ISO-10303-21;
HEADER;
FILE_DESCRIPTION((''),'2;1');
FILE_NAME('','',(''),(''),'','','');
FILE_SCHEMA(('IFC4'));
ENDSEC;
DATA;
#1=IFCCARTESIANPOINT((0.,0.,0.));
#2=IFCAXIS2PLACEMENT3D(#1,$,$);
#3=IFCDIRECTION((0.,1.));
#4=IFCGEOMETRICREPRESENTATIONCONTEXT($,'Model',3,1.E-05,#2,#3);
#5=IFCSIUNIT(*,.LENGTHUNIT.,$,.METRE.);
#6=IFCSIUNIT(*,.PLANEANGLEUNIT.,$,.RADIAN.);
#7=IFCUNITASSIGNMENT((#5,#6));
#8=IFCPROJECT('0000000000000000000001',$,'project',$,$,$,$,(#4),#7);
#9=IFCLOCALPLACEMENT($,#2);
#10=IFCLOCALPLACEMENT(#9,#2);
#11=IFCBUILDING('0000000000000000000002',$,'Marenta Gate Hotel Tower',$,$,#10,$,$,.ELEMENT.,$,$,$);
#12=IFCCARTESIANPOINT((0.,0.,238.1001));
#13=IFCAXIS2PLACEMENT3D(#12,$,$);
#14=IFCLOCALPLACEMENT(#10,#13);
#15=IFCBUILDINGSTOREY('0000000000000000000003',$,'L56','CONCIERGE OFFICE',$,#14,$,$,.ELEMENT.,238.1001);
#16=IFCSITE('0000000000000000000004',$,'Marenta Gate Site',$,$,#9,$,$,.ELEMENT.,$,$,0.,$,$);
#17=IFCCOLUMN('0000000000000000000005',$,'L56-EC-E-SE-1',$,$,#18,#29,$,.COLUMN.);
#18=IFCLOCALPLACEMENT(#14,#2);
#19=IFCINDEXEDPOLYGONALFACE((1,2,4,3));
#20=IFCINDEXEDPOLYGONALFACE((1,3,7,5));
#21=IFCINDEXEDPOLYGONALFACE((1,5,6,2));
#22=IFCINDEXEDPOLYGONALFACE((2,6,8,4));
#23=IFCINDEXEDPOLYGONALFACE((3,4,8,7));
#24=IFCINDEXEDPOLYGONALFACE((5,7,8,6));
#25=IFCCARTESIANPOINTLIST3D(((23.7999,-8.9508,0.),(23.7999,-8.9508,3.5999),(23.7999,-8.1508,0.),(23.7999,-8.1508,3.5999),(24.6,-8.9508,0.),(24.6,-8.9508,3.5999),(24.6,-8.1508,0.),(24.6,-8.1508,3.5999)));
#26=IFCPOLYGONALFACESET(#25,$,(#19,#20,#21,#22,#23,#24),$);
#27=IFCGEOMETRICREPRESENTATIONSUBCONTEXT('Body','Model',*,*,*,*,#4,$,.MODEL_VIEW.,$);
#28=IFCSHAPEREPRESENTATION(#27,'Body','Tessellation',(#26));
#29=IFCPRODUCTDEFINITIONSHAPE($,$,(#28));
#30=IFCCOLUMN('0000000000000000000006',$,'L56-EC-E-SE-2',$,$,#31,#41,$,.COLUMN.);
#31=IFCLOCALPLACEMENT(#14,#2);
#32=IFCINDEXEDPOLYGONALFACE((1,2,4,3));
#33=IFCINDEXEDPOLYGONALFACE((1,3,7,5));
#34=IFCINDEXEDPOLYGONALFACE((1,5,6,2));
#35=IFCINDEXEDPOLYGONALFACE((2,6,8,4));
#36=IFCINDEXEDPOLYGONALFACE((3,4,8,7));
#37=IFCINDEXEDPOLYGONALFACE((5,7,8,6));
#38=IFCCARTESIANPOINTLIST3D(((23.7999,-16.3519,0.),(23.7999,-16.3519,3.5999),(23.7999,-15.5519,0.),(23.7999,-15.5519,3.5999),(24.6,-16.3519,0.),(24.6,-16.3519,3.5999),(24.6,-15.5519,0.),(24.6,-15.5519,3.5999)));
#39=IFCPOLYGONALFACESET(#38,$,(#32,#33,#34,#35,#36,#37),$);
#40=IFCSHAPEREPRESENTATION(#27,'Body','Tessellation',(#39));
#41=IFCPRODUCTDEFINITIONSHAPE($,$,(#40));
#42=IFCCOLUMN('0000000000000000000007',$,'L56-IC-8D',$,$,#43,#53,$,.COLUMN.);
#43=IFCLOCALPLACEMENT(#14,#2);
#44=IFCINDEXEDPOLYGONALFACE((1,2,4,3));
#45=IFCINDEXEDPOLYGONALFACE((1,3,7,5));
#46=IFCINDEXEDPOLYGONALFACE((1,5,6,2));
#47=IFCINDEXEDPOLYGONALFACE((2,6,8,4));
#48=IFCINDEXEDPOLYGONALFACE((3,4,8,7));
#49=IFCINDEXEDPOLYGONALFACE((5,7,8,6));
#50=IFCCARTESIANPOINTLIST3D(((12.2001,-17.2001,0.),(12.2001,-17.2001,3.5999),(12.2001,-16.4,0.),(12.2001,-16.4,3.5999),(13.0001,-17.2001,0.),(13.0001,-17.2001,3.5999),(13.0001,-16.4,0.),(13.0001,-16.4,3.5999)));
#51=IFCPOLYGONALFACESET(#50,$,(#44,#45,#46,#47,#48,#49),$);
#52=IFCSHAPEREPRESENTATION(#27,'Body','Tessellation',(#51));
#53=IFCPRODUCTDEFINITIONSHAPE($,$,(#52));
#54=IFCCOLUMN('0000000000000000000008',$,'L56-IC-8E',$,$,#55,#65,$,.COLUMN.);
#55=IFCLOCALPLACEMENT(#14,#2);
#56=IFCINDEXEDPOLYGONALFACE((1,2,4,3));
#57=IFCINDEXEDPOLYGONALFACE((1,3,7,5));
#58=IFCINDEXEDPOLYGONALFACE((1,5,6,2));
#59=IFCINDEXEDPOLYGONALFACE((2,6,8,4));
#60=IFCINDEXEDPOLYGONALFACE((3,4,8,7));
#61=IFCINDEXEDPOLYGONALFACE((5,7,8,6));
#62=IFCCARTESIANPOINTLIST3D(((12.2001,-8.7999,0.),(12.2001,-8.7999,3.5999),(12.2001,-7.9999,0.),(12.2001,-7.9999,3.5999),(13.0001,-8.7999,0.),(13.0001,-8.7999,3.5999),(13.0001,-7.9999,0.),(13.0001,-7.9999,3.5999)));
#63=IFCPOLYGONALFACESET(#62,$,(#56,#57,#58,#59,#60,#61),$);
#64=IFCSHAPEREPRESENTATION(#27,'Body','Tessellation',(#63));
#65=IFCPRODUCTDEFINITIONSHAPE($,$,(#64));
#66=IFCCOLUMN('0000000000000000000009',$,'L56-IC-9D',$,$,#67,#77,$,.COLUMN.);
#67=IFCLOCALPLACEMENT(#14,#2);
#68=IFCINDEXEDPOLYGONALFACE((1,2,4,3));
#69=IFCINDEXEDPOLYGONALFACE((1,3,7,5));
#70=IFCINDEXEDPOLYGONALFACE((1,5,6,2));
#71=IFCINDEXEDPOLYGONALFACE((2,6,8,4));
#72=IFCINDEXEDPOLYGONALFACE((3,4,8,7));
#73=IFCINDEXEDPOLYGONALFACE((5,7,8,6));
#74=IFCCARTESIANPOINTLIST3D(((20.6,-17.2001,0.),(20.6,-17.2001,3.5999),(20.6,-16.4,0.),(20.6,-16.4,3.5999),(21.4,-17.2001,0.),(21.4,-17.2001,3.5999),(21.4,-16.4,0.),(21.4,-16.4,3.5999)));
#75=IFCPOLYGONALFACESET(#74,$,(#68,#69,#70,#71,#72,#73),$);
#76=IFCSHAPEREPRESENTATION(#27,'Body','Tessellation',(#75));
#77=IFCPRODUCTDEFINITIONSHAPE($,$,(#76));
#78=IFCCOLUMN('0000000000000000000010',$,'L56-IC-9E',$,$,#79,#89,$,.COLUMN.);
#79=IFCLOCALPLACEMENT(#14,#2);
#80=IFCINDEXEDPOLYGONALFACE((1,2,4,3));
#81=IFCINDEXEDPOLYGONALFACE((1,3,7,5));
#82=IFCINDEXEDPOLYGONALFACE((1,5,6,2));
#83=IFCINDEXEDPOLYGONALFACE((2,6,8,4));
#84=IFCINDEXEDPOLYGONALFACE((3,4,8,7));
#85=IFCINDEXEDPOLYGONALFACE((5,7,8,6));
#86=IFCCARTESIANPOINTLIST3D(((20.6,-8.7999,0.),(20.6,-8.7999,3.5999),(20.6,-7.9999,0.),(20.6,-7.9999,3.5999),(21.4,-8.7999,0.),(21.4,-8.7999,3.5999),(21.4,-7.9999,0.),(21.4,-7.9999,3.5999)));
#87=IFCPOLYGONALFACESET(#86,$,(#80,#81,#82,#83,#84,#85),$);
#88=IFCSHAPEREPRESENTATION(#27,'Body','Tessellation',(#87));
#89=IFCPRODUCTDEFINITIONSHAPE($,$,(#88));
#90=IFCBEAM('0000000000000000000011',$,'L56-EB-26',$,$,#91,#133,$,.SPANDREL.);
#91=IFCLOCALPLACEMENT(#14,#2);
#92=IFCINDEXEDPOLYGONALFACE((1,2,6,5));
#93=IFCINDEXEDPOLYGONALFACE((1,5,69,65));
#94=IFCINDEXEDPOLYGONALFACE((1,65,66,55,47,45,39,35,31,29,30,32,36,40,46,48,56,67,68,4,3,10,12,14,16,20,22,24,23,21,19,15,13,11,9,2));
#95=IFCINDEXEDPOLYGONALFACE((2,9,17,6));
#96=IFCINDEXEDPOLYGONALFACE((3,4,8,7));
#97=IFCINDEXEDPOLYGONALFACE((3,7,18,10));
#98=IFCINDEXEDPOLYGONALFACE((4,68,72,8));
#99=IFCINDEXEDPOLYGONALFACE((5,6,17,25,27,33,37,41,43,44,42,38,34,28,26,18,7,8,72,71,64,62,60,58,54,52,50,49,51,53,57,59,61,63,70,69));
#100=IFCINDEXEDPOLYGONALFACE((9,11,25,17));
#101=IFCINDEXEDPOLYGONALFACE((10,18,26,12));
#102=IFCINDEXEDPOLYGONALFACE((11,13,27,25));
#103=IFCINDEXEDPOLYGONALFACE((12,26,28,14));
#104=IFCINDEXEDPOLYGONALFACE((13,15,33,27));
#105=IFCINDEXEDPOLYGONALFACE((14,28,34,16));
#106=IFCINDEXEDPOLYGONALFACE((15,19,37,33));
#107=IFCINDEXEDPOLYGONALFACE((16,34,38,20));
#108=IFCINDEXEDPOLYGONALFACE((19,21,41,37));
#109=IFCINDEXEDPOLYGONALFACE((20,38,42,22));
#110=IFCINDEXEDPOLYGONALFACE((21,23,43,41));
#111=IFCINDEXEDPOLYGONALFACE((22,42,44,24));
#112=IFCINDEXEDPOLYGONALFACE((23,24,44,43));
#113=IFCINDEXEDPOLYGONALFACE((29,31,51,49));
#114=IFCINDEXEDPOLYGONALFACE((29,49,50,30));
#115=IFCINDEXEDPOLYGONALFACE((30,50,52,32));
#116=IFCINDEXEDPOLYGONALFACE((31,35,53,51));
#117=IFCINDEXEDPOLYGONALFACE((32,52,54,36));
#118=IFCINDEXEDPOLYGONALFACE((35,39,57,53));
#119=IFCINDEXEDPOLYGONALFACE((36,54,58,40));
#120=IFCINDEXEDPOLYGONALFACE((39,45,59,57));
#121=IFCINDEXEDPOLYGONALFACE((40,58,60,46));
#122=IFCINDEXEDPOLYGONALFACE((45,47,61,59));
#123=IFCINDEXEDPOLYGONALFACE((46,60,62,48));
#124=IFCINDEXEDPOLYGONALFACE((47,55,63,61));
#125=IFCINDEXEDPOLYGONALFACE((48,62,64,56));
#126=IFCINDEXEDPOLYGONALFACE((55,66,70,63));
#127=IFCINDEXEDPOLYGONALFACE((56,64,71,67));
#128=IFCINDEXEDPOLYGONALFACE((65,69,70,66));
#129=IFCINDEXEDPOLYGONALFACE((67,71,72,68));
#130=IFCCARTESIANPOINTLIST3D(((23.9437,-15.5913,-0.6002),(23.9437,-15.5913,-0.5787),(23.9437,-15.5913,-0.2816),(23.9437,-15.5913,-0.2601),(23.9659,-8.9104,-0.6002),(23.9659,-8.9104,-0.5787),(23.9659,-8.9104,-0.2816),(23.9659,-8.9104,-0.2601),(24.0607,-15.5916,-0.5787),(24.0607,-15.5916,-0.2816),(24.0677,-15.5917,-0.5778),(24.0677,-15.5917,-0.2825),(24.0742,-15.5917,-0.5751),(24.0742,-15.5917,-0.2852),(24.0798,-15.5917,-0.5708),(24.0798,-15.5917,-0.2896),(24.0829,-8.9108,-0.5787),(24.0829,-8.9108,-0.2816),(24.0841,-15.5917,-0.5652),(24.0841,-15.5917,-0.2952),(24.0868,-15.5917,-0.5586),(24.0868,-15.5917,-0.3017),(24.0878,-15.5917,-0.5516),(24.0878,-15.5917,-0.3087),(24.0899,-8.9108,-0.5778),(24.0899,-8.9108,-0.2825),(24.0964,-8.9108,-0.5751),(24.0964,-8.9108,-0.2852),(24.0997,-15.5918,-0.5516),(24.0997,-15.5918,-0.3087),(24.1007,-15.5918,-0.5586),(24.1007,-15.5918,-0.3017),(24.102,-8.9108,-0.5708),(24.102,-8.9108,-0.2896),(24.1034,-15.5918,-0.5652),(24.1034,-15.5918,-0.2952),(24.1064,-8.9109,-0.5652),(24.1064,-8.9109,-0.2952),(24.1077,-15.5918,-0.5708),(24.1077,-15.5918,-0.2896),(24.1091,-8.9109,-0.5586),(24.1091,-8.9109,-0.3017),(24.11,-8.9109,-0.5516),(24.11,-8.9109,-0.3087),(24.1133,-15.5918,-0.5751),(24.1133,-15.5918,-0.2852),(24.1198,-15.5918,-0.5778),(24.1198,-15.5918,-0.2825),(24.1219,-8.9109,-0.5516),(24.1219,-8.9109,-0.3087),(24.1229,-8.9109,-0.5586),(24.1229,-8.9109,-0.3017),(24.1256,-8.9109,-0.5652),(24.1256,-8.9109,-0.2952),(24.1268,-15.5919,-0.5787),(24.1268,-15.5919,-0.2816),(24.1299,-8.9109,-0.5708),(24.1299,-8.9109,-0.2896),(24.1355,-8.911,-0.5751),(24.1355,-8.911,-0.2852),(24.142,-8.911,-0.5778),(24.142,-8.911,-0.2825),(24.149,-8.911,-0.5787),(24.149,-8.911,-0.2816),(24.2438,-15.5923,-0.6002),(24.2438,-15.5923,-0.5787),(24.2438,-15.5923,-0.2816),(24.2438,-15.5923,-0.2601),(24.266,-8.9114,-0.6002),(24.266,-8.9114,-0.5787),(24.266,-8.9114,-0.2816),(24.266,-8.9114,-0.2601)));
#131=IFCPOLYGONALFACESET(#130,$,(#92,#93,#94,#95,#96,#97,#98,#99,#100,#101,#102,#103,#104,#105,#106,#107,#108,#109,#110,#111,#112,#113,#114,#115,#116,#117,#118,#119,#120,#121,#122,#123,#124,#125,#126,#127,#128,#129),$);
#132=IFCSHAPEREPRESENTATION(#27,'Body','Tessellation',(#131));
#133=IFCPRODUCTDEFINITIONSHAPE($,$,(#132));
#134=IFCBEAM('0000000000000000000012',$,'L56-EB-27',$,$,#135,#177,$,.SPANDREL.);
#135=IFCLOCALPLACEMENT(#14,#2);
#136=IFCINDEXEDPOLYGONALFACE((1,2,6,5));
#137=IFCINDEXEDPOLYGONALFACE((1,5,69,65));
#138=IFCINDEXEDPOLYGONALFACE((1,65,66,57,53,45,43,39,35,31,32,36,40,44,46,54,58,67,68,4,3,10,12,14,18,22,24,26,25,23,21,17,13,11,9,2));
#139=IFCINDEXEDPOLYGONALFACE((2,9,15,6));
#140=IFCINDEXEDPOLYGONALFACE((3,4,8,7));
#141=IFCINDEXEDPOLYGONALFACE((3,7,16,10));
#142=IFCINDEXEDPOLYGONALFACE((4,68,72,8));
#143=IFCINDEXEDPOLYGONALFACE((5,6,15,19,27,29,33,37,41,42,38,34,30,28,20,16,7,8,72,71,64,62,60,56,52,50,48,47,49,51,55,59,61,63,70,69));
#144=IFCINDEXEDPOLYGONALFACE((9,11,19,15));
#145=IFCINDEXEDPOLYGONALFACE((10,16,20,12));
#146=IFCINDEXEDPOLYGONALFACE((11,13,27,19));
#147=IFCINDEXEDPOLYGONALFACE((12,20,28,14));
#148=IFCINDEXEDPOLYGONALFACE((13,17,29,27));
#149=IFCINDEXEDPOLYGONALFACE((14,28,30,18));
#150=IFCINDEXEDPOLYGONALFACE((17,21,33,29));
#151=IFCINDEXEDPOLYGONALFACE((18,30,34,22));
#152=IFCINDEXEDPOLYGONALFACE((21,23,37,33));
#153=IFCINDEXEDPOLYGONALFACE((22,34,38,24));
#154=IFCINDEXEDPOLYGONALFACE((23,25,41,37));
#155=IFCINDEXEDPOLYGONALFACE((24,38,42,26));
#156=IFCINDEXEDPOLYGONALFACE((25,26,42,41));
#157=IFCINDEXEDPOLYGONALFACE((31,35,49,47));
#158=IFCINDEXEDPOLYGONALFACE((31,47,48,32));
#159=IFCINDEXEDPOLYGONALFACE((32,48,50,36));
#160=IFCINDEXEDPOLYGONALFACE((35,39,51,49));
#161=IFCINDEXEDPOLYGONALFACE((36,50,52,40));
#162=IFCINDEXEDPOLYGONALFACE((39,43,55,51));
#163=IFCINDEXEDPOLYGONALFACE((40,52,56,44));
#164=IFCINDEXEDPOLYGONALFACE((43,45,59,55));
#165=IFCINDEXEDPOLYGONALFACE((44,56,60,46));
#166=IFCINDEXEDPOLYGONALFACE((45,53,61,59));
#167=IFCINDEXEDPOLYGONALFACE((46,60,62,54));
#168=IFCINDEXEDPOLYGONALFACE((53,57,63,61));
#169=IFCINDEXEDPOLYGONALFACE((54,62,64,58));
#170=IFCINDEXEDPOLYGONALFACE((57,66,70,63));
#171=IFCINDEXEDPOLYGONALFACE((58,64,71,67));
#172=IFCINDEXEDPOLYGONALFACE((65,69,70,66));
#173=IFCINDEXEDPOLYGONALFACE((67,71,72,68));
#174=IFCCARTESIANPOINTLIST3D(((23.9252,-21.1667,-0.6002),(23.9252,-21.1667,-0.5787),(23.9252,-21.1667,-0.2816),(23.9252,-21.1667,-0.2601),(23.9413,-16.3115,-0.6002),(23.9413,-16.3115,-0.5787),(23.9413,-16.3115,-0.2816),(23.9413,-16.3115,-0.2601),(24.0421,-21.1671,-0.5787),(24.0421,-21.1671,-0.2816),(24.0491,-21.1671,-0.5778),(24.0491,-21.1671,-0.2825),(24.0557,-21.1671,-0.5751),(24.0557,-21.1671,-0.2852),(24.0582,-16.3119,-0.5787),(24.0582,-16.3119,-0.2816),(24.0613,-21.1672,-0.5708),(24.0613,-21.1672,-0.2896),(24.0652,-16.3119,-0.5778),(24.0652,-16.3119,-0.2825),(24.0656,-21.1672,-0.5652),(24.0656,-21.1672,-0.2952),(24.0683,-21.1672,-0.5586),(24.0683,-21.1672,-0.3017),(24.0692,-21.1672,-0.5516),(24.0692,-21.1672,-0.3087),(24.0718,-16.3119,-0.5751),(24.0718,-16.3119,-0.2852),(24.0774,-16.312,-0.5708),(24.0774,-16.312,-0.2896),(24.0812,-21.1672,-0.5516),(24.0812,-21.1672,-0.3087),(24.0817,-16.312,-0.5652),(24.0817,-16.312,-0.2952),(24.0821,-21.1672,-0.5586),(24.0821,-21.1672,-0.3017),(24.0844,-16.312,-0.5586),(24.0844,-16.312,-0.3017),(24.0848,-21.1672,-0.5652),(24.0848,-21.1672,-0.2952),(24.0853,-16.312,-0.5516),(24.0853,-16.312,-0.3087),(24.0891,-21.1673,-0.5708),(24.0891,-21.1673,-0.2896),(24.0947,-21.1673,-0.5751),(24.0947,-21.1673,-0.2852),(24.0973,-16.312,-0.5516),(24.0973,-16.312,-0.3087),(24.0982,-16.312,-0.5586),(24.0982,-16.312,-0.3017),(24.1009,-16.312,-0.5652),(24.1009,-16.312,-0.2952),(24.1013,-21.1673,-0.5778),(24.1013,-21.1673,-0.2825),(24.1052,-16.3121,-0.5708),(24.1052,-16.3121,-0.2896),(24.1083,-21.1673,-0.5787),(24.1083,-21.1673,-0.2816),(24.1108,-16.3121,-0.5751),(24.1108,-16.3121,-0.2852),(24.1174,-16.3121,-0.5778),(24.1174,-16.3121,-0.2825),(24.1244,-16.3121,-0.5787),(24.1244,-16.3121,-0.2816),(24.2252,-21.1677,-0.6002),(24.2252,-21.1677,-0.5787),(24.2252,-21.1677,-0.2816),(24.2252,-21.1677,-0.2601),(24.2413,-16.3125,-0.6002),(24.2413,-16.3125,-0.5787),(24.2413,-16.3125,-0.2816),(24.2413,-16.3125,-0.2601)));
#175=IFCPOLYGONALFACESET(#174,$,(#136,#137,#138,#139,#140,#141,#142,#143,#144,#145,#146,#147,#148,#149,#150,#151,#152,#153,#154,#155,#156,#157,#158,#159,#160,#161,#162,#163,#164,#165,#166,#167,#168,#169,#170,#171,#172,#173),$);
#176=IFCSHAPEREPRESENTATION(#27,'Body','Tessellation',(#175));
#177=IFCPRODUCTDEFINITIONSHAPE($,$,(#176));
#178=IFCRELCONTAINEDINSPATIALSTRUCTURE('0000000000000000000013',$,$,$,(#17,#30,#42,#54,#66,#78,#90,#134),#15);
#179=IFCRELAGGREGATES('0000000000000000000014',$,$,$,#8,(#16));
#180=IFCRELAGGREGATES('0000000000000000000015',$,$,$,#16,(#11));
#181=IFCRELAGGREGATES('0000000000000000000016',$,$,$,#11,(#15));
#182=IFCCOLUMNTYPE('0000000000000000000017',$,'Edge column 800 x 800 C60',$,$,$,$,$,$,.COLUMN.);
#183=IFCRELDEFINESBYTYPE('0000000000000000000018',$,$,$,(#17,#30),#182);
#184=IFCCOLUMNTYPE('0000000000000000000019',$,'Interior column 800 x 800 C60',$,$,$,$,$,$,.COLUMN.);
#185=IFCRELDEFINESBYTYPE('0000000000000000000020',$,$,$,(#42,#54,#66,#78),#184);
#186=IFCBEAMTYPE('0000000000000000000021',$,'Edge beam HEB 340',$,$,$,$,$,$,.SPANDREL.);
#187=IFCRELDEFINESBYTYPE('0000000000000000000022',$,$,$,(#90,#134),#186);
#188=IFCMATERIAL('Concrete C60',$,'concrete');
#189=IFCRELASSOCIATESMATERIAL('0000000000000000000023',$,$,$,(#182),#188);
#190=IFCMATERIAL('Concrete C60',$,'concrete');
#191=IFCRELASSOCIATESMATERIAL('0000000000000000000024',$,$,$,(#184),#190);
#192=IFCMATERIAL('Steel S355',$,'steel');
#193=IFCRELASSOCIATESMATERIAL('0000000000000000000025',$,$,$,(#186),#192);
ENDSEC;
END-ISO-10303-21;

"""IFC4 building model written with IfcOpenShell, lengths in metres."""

from ifc_helpers import new_model, si_unit, direction, frame, origin, origin_2d, place, context, subcontext, project, spatial, rectangle, i_section, extrude, material, material_profile, profile_set, type_object, element, save


model = new_model("IFC4")

# Units and contexts
model_context = context("Model", 3, precision=1e-05, world=origin(), true_north=direction((0.0, 1.0)))
body_context = subcontext(model_context, "Body", "Model", "MODEL_VIEW")
ifc_project = project(units=[si_unit("LENGTHUNIT", "METRE"), si_unit("PLANEANGLEUNIT", "RADIAN")], contexts=[model_context])

# Site, building, storey
site_placement = place(None, origin())
site = spatial("IfcSite", under=ifc_project, at=site_placement, Name="Marenta Gate Site", CompositionType="ELEMENT", RefElevation=0.0)
building_placement = place(site_placement, origin())
building = spatial("IfcBuilding", under=site, at=building_placement, Name="Marenta Gate Hotel Tower", CompositionType="ELEMENT")
storey_placement = place(building_placement, frame((0.0, 0.0, 238.1001)))
storey = spatial("IfcBuildingStorey", under=building, at=storey_placement, Name="L56", Description="CONCIERGE OFFICE", CompositionType="ELEMENT", Elevation=238.1001)

# Columns
ifc_material_1 = material(Name="Concrete C60", Category="concrete")
ifc_material_profile_1 = material_profile(ifc_material_1, rectangle(XDim=0.8, YDim=0.8, at=origin_2d()), Name="800 x 800")
ifc_profile_set_1 = profile_set([ifc_material_profile_1], Name="Concrete C60")
column_type_1 = type_object("IfcColumnType", Name="Edge column 800 x 800 C60", PredefinedType="COLUMN", material=ifc_profile_set_1)
for number, where, z_axis, x_axis, name in (
    (1, (24.2, -8.5508, 0.0), (0.0, 0.0, 1.0), (1.0, 0.0, 0.0), "L56-EC-E-SE-1"),
    (2, (24.2, -15.9519, 0.0), (0.0, 0.0, 1.0), (1.0, 0.0, 0.0), "L56-EC-E-SE-2"),
):
    element("IfcColumn", number, at=place(storey_placement, frame(where, z_axis=z_axis, x_axis=x_axis)), inside=storey, type_object=column_type_1, Name=name, PredefinedType="COLUMN", context=body_context, shape_type="SweptSolid", body=[
        extrude(rectangle(XDim=0.8, YDim=0.8, at=origin_2d()), origin(), (0.0, 0.0, 1.0), 3.5999),
    ])
ifc_material_2 = material(Name="Concrete C60", Category="concrete")
ifc_material_profile_2 = material_profile(ifc_material_2, rectangle(XDim=0.8, YDim=0.8, at=origin_2d()), Name="800 x 800")
ifc_profile_set_2 = profile_set([ifc_material_profile_2], Name="Concrete C60")
column_type_2 = type_object("IfcColumnType", Name="Interior column 800 x 800 C60", PredefinedType="COLUMN", material=ifc_profile_set_2)
for number, where, z_axis, x_axis, name in (
    (3, (12.6001, -16.8, 0.0), (0.0, 0.0, 1.0), (1.0, 0.0, 0.0), "L56-IC-8D"),
    (4, (12.6001, -8.3999, 0.0), (0.0, 0.0, 1.0), (1.0, 0.0, 0.0), "L56-IC-8E"),
    (5, (21.0, -16.8, 0.0), (0.0, 0.0, 1.0), (1.0, 0.0, 0.0), "L56-IC-9D"),
    (6, (21.0, -8.3999, 0.0), (0.0, 0.0, 1.0), (1.0, 0.0, 0.0), "L56-IC-9E"),
):
    element("IfcColumn", number, at=place(storey_placement, frame(where, z_axis=z_axis, x_axis=x_axis)), inside=storey, type_object=column_type_2, Name=name, PredefinedType="COLUMN", context=body_context, shape_type="SweptSolid", body=[
        extrude(rectangle(XDim=0.8, YDim=0.8, at=origin_2d()), origin(), (0.0, 0.0, 1.0), 3.5999),
    ])

# Beams
ifc_material_3 = material(Name="Steel S355", Category="steel")
ifc_material_profile_3 = material_profile(ifc_material_3, i_section(OverallWidth=0.3, OverallDepth=0.3401, WebThickness=0.012, FlangeThickness=0.0215, FilletRadius=0.0271, at=origin_2d()), Name="HEB 340")
ifc_profile_set_3 = profile_set([ifc_material_profile_3], Name="Steel S355")
beam_type_1 = type_object("IfcBeamType", Name="Edge beam HEB 340", PredefinedType="SPANDREL", material=ifc_profile_set_3)
beam_1_placement = place(storey_placement, frame((24.116, -8.9109, -0.4302), z_axis=(-0.003325, -0.999994, 0.0), x_axis=(0.999994, -0.003325, 0.0)))
element("IfcBeam", 7, at=beam_1_placement, inside=storey, type_object=beam_type_1, Name="L56-EB-26", PredefinedType="SPANDREL", context=body_context, shape_type="SweptSolid", body=[
    extrude(i_section(OverallWidth=0.3, OverallDepth=0.3401, WebThickness=0.012, FlangeThickness=0.0215, FilletRadius=0.0271, at=origin_2d()), origin(), (0.0, 0.0, 1.0), 6.6809),
])
beam_2_placement = place(storey_placement, frame((24.0913, -16.312, -0.4302), z_axis=(-0.003319, -0.999994, 0.0), x_axis=(0.999994, -0.003319, 0.0)))
element("IfcBeam", 8, at=beam_2_placement, inside=storey, type_object=beam_type_1, Name="L56-EB-27", PredefinedType="SPANDREL", context=body_context, shape_type="SweptSolid", body=[
    extrude(i_section(OverallWidth=0.3, OverallDepth=0.3401, WebThickness=0.012, FlangeThickness=0.0215, FilletRadius=0.0271, at=origin_2d()), origin(), (0.0, 0.0, 1.0), 4.8552),
])

save(model, "model.ifc")
